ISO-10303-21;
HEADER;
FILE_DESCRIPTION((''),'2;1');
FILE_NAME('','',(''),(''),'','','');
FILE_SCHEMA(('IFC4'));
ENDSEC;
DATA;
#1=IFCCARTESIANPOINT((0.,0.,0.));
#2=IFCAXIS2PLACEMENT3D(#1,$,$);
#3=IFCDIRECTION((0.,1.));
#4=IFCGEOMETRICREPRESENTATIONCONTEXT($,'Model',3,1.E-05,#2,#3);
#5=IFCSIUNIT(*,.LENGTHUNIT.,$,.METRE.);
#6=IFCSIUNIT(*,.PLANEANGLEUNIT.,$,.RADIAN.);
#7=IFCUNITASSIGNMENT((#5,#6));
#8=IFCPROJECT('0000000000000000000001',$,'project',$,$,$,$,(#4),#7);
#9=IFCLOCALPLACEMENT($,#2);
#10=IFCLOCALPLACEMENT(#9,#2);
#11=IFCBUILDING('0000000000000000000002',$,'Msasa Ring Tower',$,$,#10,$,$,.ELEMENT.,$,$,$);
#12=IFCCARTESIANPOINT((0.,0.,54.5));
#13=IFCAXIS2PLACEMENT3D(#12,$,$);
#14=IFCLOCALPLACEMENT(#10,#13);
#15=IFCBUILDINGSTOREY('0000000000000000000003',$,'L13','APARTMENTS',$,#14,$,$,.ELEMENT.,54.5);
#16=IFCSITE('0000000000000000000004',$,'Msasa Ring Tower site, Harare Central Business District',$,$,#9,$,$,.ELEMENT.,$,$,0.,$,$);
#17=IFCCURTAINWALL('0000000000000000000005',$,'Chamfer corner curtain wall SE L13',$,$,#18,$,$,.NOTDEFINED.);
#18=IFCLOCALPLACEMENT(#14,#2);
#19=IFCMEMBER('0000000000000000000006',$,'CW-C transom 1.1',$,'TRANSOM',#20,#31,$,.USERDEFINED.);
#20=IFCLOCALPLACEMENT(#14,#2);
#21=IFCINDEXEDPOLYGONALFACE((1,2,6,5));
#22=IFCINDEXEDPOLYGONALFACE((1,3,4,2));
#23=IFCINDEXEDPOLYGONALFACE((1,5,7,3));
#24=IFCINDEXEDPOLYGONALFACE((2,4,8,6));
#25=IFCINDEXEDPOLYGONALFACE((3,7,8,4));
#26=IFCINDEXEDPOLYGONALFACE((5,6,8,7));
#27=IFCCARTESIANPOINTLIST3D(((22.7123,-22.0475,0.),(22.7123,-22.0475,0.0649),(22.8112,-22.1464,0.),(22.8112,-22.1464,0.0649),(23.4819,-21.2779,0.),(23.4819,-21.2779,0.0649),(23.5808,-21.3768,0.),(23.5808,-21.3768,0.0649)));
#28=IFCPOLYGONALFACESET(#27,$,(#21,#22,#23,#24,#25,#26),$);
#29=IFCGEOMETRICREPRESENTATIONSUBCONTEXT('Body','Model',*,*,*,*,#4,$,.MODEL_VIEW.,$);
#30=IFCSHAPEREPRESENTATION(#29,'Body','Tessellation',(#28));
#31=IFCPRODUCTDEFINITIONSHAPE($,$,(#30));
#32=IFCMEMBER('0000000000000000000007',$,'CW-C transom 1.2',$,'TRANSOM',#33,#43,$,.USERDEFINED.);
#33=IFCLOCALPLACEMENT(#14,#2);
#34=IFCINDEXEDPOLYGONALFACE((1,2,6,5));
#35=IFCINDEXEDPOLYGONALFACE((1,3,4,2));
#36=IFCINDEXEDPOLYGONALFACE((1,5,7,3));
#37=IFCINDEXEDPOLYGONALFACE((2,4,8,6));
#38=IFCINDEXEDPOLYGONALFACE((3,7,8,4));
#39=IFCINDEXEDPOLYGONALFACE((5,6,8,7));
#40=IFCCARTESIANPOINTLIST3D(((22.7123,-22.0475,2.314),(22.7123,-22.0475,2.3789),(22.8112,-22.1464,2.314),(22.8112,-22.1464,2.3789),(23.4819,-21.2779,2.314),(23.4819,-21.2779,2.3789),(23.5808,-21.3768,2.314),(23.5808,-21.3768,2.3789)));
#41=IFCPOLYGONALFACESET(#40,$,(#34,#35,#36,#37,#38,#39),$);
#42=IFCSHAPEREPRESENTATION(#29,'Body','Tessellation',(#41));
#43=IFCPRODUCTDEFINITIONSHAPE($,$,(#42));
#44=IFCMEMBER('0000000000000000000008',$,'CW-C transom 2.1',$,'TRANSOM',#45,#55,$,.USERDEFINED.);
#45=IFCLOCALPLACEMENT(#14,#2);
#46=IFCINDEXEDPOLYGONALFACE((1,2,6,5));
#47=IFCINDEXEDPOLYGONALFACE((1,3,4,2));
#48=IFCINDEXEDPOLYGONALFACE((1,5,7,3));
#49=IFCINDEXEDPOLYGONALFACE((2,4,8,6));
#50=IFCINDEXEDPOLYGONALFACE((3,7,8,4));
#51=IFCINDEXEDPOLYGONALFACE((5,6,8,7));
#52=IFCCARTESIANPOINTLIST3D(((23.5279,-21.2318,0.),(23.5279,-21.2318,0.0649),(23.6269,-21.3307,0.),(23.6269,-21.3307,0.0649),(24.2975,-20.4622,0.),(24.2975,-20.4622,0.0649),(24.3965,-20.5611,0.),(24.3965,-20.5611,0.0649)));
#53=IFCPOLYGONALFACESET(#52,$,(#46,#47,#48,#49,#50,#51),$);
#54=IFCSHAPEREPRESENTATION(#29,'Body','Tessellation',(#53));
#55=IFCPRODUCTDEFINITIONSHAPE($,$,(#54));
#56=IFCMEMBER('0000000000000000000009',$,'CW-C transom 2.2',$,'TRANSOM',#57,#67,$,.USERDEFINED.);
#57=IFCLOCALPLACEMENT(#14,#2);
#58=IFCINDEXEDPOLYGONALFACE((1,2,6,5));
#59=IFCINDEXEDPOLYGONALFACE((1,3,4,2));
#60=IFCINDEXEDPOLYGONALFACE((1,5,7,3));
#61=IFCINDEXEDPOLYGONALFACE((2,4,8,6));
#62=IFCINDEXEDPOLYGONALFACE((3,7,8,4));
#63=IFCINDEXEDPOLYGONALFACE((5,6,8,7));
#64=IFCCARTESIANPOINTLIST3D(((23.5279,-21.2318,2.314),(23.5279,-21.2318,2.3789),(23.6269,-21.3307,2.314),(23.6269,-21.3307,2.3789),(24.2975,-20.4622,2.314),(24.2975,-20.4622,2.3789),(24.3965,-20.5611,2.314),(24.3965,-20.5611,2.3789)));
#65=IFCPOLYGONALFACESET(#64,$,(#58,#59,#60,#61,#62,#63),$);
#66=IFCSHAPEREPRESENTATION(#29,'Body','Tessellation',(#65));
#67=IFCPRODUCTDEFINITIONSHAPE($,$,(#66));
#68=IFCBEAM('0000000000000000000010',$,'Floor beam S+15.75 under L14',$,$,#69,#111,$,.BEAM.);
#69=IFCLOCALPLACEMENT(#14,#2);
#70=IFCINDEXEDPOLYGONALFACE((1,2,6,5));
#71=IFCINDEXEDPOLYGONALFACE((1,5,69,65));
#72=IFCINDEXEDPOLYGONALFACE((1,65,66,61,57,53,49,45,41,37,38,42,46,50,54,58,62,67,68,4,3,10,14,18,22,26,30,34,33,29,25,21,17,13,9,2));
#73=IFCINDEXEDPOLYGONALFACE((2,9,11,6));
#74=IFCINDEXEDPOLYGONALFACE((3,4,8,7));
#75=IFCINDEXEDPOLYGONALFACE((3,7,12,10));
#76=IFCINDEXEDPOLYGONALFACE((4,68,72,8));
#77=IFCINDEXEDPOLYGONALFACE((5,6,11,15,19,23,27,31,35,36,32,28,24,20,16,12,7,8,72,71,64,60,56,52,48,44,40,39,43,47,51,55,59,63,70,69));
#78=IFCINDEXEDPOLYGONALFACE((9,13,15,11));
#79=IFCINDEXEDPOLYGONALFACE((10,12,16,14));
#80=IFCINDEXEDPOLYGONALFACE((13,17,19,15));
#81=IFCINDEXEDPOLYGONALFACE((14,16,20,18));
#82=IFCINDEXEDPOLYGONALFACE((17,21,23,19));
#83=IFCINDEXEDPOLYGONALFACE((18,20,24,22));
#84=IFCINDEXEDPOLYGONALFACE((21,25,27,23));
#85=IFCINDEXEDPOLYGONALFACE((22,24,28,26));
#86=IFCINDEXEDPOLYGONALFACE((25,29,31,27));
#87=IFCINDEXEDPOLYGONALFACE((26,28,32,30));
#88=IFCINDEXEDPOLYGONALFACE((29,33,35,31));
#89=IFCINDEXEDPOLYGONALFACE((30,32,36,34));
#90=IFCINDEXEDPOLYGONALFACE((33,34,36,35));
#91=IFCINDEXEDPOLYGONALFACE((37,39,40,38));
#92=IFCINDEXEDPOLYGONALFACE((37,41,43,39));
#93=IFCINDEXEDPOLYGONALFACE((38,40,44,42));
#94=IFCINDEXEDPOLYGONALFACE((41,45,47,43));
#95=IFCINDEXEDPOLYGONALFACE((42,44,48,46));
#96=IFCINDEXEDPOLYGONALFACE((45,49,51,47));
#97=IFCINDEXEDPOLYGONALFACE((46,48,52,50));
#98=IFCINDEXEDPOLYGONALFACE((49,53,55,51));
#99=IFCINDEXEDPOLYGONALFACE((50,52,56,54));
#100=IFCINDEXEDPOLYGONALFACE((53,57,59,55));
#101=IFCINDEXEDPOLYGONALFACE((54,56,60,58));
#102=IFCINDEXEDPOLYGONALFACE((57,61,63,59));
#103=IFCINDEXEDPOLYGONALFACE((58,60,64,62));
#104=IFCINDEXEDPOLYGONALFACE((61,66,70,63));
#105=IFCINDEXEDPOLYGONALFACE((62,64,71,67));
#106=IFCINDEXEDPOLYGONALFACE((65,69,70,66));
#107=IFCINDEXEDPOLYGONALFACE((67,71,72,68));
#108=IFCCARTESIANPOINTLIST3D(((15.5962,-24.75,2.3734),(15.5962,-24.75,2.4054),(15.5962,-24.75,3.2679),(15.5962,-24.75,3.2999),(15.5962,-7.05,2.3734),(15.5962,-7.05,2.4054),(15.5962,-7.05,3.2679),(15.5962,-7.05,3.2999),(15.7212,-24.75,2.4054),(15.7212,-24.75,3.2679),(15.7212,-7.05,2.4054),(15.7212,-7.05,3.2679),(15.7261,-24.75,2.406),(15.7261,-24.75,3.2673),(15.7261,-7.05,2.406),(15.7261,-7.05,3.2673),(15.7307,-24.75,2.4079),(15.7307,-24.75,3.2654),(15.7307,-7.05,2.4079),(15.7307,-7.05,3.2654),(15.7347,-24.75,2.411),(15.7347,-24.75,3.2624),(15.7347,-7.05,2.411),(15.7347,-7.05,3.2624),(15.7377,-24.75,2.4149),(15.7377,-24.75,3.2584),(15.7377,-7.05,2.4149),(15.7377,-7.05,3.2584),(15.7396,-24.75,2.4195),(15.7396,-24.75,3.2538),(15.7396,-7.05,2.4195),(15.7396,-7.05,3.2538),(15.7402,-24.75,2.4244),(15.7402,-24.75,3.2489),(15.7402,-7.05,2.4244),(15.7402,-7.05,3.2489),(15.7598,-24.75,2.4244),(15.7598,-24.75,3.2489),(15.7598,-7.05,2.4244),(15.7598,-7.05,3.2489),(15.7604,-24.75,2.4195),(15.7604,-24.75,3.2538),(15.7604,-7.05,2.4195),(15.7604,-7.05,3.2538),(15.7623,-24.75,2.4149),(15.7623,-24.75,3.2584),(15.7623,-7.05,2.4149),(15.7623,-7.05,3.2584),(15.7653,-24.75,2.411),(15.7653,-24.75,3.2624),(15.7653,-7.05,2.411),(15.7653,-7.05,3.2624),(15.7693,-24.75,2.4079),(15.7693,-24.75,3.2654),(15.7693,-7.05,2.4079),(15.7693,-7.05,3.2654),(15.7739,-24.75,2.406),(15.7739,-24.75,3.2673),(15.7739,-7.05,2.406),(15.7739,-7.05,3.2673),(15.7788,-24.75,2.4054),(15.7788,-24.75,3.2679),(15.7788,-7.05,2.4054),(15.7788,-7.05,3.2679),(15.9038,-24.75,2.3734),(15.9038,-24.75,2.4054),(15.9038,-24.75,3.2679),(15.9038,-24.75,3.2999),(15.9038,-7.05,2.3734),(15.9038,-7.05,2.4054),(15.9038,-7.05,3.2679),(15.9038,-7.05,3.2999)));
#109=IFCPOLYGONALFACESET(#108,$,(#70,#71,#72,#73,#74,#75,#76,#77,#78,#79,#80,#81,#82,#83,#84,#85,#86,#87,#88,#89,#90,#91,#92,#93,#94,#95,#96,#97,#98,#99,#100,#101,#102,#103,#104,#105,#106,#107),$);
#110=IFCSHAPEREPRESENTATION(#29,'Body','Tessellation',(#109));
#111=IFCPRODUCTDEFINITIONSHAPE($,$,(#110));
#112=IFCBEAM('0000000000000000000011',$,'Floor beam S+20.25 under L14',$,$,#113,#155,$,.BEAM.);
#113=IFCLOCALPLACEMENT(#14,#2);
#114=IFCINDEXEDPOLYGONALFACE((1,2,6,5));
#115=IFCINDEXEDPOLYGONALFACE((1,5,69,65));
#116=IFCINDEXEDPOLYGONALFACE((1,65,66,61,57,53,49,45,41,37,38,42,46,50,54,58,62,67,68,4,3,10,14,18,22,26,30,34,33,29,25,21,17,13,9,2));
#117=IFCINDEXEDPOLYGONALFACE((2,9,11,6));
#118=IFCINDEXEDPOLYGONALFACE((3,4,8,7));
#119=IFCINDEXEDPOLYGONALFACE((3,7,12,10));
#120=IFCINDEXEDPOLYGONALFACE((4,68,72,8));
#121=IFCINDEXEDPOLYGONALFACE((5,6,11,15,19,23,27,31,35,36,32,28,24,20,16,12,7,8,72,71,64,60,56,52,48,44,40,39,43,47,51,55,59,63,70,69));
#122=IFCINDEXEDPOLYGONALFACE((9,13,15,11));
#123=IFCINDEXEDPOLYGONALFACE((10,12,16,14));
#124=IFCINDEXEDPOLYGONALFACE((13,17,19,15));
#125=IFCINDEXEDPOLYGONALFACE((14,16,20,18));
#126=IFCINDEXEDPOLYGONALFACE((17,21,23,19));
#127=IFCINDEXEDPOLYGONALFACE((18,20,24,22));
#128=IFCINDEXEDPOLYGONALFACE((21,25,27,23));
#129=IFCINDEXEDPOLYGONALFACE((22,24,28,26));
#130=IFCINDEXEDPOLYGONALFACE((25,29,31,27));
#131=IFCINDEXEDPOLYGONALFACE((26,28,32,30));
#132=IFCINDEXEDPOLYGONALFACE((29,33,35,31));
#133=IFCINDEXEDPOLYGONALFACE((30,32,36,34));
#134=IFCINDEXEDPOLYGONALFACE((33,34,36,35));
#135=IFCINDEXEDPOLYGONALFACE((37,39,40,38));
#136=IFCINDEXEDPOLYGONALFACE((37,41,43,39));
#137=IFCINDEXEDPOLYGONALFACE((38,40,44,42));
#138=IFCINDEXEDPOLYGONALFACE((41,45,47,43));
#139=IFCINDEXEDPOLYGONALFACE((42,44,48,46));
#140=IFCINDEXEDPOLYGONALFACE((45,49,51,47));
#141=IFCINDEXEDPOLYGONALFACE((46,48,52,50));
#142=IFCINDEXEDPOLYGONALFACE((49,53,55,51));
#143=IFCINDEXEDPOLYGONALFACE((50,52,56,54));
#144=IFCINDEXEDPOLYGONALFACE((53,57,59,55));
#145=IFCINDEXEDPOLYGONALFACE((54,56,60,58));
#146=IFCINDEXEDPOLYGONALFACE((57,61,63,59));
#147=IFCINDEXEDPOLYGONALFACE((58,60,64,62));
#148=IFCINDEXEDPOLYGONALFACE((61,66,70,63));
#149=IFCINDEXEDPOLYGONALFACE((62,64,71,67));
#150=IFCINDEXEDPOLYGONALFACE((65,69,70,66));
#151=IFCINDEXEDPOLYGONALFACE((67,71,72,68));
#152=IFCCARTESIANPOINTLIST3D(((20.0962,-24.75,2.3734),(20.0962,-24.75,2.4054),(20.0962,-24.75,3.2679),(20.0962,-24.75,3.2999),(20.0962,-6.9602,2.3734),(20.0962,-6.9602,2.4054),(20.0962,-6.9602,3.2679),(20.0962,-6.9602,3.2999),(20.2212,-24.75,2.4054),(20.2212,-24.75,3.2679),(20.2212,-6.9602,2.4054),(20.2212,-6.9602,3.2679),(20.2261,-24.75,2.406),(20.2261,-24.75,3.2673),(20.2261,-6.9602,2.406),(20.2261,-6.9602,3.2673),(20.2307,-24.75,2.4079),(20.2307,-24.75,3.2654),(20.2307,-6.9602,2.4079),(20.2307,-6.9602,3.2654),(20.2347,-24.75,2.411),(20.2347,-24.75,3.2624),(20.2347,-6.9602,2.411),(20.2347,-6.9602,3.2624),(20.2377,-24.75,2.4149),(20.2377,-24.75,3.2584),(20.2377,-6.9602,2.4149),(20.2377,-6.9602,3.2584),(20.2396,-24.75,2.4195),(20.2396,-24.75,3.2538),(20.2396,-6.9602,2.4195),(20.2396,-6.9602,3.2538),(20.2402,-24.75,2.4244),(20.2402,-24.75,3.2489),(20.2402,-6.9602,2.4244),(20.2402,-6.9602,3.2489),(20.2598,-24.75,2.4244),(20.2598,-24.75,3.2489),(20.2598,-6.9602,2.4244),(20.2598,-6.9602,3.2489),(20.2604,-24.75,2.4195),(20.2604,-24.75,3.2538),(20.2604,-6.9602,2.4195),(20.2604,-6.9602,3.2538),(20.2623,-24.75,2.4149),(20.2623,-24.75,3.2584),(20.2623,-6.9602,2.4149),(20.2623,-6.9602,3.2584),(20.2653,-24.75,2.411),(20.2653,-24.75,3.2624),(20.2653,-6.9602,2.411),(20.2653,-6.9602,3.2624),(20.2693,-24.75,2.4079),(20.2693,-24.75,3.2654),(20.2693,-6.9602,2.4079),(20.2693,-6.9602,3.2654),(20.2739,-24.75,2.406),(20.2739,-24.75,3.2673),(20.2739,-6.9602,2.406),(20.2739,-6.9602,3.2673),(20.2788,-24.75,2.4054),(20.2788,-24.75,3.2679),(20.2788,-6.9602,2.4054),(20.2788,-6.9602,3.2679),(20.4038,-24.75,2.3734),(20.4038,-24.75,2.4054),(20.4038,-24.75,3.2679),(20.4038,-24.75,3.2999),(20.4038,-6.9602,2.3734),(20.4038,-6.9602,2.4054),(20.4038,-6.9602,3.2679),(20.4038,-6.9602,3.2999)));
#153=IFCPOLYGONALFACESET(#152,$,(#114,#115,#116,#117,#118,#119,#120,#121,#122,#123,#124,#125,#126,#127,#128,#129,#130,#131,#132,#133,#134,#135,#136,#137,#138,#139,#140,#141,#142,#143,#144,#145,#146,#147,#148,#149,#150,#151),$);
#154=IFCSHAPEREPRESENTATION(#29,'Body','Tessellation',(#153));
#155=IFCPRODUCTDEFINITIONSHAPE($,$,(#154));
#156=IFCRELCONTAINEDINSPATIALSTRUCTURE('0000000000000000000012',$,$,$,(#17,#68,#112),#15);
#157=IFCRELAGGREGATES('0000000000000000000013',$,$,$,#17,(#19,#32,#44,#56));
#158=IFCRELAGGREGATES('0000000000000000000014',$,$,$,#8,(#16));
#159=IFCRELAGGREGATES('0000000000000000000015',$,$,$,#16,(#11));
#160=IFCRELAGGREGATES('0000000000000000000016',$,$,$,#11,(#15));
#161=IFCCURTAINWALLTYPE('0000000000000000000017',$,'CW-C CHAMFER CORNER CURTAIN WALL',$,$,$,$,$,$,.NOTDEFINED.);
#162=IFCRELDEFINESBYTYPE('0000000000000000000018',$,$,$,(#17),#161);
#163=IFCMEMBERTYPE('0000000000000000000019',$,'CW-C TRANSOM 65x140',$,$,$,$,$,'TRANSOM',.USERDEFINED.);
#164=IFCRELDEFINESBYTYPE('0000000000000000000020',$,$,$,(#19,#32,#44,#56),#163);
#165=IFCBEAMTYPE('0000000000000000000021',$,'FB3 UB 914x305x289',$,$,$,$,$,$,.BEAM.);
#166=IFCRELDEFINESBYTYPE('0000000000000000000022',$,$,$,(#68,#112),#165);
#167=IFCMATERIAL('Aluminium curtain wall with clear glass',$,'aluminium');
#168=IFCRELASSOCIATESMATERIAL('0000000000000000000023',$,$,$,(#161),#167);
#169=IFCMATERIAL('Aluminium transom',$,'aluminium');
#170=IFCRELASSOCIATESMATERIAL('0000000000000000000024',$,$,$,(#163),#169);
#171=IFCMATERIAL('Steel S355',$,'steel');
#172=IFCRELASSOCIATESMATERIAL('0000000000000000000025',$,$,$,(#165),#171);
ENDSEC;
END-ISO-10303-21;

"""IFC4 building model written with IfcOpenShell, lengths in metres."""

from ifc_helpers import new_model, si_unit, direction, frame, origin, origin_2d, place, context, subcontext, project, spatial, rectangle, i_section, extrude, material, material_profile, profile_set, type_object, element, aggregate, save


model = new_model("IFC4")

# Units and contexts
model_context = context("Model", 3, precision=1e-05, world=origin(), true_north=direction((0.0, 1.0)))
body_context = subcontext(model_context, "Body", "Model", "MODEL_VIEW")
ifc_project = project(units=[si_unit("LENGTHUNIT", "METRE"), si_unit("PLANEANGLEUNIT", "RADIAN")], contexts=[model_context])

# Site, building, storey
site_placement = place(None, origin())
site = spatial("IfcSite", under=ifc_project, at=site_placement, Name="Msasa Ring Tower site, Harare Central Business District", CompositionType="ELEMENT", RefElevation=0.0)
building_placement = place(site_placement, origin())
building = spatial("IfcBuilding", under=site, at=building_placement, Name="Msasa Ring Tower", CompositionType="ELEMENT")
storey_placement = place(building_placement, frame((0.0, 0.0, 54.5)))
storey = spatial("IfcBuildingStorey", under=building, at=storey_placement, Name="L13", Description="APARTMENTS", CompositionType="ELEMENT", Elevation=54.5)

# Curtain wall
ifc_material_1 = material(Name="Aluminium curtain wall with clear glass", Category="aluminium")
curtain_wall_type = type_object("IfcCurtainWallType", Name="CW-C CHAMFER CORNER CURTAIN WALL", PredefinedType="NOTDEFINED", material=ifc_material_1)
curtain_wall_1_placement = place(storey_placement, origin())
curtain_wall_1 = element("IfcCurtainWall", 1, at=curtain_wall_1_placement, inside=storey, type_object=curtain_wall_type, Name="Chamfer corner curtain wall SE L13", PredefinedType="NOTDEFINED")

# Members
ifc_material_2 = material(Name="Aluminium transom", Category="aluminium")
ifc_material_profile_1 = material_profile(ifc_material_2, rectangle(XDim=0.1399, YDim=0.0649, at=origin_2d()), Name="AL 65x140")
ifc_profile_set_1 = profile_set([ifc_material_profile_1], Name="Aluminium transom")
member_type_1 = type_object("IfcMemberType", Name="CW-C TRANSOM 65x140", ElementType="TRANSOM", PredefinedType="USERDEFINED", material=ifc_profile_set_1)
member_1_placement = place(storey_placement, frame((22.7617, -22.0969, 0.0325), z_axis=(0.707107, 0.707107, 0.0), x_axis=(-0.707107, 0.707107, 0.0)))
member_1 = element("IfcMember", 2, at=member_1_placement, type_object=member_type_1, Name="CW-C transom 1.1", ObjectType="TRANSOM", PredefinedType="USERDEFINED", context=body_context, shape_type="SweptSolid", body=[
    extrude(rectangle(XDim=0.1399, YDim=0.0649, at=origin_2d()), origin(), (0.0, 0.0, 1.0), 1.0884),
])
member_2_placement = place(storey_placement, frame((22.7617, -22.0969, 2.3464), z_axis=(0.707107, 0.707107, 0.0), x_axis=(-0.707107, 0.707107, 0.0)))
member_2 = element("IfcMember", 3, at=member_2_placement, type_object=member_type_1, Name="CW-C transom 1.2", ObjectType="TRANSOM", PredefinedType="USERDEFINED", context=body_context, shape_type="SweptSolid", body=[
    extrude(rectangle(XDim=0.1399, YDim=0.0649, at=origin_2d()), origin(), (0.0, 0.0, 1.0), 1.0884),
])
member_3_placement = place(storey_placement, frame((23.5774, -21.2812, 0.0325), z_axis=(0.707107, 0.707107, 0.0), x_axis=(-0.707107, 0.707107, 0.0)))
member_3 = element("IfcMember", 4, at=member_3_placement, type_object=member_type_1, Name="CW-C transom 2.1", ObjectType="TRANSOM", PredefinedType="USERDEFINED", context=body_context, shape_type="SweptSolid", body=[
    extrude(rectangle(XDim=0.1399, YDim=0.0649, at=origin_2d()), origin(), (0.0, 0.0, 1.0), 1.0884),
])
member_4_placement = place(storey_placement, frame((23.5774, -21.2812, 2.3464), z_axis=(0.707107, 0.707107, 0.0), x_axis=(-0.707107, 0.707107, 0.0)))
member_4 = element("IfcMember", 5, at=member_4_placement, type_object=member_type_1, Name="CW-C transom 2.2", ObjectType="TRANSOM", PredefinedType="USERDEFINED", context=body_context, shape_type="SweptSolid", body=[
    extrude(rectangle(XDim=0.1399, YDim=0.0649, at=origin_2d()), origin(), (0.0, 0.0, 1.0), 1.0884),
])

# Beams
ifc_material_3 = material(Name="Steel S355", Category="steel")
ifc_material_profile_2 = material_profile(ifc_material_3, i_section(OverallWidth=0.3076, OverallDepth=0.9265, WebThickness=0.0195, FlangeThickness=0.032, FilletRadius=0.019, at=origin_2d()), Name="UB 914x305x289")
ifc_profile_set_2 = profile_set([ifc_material_profile_2], Name="Steel S355")
beam_type_1 = type_object("IfcBeamType", Name="FB3 UB 914x305x289", PredefinedType="BEAM", material=ifc_profile_set_2)
beam_1_placement = place(storey_placement, frame((15.75, -24.75, 2.8367), z_axis=(0.0, 1.0, 0.0), x_axis=(-1.0, 0.0, 0.0)))
element("IfcBeam", 6, at=beam_1_placement, inside=storey, type_object=beam_type_1, Name="Floor beam S+15.75 under L14", PredefinedType="BEAM", context=body_context, shape_type="SweptSolid", body=[
    extrude(i_section(OverallWidth=0.3076, OverallDepth=0.9265, WebThickness=0.0195, FlangeThickness=0.032, FilletRadius=0.019, at=origin_2d()), origin(), (0.0, 0.0, 1.0), 17.7),
])
beam_2_placement = place(storey_placement, frame((20.25, -24.75, 2.8367), z_axis=(0.0, 1.0, 0.0), x_axis=(-1.0, 0.0, 0.0)))
element("IfcBeam", 7, at=beam_2_placement, inside=storey, type_object=beam_type_1, Name="Floor beam S+20.25 under L14", PredefinedType="BEAM", context=body_context, shape_type="SweptSolid", body=[
    extrude(i_section(OverallWidth=0.3076, OverallDepth=0.9265, WebThickness=0.0195, FlangeThickness=0.032, FilletRadius=0.019, at=origin_2d()), origin(), (0.0, 0.0, 1.0), 17.7898),
])

aggregate(curtain_wall_1, [member_1, member_2, member_3, member_4])

save(model, "model.ifc")
